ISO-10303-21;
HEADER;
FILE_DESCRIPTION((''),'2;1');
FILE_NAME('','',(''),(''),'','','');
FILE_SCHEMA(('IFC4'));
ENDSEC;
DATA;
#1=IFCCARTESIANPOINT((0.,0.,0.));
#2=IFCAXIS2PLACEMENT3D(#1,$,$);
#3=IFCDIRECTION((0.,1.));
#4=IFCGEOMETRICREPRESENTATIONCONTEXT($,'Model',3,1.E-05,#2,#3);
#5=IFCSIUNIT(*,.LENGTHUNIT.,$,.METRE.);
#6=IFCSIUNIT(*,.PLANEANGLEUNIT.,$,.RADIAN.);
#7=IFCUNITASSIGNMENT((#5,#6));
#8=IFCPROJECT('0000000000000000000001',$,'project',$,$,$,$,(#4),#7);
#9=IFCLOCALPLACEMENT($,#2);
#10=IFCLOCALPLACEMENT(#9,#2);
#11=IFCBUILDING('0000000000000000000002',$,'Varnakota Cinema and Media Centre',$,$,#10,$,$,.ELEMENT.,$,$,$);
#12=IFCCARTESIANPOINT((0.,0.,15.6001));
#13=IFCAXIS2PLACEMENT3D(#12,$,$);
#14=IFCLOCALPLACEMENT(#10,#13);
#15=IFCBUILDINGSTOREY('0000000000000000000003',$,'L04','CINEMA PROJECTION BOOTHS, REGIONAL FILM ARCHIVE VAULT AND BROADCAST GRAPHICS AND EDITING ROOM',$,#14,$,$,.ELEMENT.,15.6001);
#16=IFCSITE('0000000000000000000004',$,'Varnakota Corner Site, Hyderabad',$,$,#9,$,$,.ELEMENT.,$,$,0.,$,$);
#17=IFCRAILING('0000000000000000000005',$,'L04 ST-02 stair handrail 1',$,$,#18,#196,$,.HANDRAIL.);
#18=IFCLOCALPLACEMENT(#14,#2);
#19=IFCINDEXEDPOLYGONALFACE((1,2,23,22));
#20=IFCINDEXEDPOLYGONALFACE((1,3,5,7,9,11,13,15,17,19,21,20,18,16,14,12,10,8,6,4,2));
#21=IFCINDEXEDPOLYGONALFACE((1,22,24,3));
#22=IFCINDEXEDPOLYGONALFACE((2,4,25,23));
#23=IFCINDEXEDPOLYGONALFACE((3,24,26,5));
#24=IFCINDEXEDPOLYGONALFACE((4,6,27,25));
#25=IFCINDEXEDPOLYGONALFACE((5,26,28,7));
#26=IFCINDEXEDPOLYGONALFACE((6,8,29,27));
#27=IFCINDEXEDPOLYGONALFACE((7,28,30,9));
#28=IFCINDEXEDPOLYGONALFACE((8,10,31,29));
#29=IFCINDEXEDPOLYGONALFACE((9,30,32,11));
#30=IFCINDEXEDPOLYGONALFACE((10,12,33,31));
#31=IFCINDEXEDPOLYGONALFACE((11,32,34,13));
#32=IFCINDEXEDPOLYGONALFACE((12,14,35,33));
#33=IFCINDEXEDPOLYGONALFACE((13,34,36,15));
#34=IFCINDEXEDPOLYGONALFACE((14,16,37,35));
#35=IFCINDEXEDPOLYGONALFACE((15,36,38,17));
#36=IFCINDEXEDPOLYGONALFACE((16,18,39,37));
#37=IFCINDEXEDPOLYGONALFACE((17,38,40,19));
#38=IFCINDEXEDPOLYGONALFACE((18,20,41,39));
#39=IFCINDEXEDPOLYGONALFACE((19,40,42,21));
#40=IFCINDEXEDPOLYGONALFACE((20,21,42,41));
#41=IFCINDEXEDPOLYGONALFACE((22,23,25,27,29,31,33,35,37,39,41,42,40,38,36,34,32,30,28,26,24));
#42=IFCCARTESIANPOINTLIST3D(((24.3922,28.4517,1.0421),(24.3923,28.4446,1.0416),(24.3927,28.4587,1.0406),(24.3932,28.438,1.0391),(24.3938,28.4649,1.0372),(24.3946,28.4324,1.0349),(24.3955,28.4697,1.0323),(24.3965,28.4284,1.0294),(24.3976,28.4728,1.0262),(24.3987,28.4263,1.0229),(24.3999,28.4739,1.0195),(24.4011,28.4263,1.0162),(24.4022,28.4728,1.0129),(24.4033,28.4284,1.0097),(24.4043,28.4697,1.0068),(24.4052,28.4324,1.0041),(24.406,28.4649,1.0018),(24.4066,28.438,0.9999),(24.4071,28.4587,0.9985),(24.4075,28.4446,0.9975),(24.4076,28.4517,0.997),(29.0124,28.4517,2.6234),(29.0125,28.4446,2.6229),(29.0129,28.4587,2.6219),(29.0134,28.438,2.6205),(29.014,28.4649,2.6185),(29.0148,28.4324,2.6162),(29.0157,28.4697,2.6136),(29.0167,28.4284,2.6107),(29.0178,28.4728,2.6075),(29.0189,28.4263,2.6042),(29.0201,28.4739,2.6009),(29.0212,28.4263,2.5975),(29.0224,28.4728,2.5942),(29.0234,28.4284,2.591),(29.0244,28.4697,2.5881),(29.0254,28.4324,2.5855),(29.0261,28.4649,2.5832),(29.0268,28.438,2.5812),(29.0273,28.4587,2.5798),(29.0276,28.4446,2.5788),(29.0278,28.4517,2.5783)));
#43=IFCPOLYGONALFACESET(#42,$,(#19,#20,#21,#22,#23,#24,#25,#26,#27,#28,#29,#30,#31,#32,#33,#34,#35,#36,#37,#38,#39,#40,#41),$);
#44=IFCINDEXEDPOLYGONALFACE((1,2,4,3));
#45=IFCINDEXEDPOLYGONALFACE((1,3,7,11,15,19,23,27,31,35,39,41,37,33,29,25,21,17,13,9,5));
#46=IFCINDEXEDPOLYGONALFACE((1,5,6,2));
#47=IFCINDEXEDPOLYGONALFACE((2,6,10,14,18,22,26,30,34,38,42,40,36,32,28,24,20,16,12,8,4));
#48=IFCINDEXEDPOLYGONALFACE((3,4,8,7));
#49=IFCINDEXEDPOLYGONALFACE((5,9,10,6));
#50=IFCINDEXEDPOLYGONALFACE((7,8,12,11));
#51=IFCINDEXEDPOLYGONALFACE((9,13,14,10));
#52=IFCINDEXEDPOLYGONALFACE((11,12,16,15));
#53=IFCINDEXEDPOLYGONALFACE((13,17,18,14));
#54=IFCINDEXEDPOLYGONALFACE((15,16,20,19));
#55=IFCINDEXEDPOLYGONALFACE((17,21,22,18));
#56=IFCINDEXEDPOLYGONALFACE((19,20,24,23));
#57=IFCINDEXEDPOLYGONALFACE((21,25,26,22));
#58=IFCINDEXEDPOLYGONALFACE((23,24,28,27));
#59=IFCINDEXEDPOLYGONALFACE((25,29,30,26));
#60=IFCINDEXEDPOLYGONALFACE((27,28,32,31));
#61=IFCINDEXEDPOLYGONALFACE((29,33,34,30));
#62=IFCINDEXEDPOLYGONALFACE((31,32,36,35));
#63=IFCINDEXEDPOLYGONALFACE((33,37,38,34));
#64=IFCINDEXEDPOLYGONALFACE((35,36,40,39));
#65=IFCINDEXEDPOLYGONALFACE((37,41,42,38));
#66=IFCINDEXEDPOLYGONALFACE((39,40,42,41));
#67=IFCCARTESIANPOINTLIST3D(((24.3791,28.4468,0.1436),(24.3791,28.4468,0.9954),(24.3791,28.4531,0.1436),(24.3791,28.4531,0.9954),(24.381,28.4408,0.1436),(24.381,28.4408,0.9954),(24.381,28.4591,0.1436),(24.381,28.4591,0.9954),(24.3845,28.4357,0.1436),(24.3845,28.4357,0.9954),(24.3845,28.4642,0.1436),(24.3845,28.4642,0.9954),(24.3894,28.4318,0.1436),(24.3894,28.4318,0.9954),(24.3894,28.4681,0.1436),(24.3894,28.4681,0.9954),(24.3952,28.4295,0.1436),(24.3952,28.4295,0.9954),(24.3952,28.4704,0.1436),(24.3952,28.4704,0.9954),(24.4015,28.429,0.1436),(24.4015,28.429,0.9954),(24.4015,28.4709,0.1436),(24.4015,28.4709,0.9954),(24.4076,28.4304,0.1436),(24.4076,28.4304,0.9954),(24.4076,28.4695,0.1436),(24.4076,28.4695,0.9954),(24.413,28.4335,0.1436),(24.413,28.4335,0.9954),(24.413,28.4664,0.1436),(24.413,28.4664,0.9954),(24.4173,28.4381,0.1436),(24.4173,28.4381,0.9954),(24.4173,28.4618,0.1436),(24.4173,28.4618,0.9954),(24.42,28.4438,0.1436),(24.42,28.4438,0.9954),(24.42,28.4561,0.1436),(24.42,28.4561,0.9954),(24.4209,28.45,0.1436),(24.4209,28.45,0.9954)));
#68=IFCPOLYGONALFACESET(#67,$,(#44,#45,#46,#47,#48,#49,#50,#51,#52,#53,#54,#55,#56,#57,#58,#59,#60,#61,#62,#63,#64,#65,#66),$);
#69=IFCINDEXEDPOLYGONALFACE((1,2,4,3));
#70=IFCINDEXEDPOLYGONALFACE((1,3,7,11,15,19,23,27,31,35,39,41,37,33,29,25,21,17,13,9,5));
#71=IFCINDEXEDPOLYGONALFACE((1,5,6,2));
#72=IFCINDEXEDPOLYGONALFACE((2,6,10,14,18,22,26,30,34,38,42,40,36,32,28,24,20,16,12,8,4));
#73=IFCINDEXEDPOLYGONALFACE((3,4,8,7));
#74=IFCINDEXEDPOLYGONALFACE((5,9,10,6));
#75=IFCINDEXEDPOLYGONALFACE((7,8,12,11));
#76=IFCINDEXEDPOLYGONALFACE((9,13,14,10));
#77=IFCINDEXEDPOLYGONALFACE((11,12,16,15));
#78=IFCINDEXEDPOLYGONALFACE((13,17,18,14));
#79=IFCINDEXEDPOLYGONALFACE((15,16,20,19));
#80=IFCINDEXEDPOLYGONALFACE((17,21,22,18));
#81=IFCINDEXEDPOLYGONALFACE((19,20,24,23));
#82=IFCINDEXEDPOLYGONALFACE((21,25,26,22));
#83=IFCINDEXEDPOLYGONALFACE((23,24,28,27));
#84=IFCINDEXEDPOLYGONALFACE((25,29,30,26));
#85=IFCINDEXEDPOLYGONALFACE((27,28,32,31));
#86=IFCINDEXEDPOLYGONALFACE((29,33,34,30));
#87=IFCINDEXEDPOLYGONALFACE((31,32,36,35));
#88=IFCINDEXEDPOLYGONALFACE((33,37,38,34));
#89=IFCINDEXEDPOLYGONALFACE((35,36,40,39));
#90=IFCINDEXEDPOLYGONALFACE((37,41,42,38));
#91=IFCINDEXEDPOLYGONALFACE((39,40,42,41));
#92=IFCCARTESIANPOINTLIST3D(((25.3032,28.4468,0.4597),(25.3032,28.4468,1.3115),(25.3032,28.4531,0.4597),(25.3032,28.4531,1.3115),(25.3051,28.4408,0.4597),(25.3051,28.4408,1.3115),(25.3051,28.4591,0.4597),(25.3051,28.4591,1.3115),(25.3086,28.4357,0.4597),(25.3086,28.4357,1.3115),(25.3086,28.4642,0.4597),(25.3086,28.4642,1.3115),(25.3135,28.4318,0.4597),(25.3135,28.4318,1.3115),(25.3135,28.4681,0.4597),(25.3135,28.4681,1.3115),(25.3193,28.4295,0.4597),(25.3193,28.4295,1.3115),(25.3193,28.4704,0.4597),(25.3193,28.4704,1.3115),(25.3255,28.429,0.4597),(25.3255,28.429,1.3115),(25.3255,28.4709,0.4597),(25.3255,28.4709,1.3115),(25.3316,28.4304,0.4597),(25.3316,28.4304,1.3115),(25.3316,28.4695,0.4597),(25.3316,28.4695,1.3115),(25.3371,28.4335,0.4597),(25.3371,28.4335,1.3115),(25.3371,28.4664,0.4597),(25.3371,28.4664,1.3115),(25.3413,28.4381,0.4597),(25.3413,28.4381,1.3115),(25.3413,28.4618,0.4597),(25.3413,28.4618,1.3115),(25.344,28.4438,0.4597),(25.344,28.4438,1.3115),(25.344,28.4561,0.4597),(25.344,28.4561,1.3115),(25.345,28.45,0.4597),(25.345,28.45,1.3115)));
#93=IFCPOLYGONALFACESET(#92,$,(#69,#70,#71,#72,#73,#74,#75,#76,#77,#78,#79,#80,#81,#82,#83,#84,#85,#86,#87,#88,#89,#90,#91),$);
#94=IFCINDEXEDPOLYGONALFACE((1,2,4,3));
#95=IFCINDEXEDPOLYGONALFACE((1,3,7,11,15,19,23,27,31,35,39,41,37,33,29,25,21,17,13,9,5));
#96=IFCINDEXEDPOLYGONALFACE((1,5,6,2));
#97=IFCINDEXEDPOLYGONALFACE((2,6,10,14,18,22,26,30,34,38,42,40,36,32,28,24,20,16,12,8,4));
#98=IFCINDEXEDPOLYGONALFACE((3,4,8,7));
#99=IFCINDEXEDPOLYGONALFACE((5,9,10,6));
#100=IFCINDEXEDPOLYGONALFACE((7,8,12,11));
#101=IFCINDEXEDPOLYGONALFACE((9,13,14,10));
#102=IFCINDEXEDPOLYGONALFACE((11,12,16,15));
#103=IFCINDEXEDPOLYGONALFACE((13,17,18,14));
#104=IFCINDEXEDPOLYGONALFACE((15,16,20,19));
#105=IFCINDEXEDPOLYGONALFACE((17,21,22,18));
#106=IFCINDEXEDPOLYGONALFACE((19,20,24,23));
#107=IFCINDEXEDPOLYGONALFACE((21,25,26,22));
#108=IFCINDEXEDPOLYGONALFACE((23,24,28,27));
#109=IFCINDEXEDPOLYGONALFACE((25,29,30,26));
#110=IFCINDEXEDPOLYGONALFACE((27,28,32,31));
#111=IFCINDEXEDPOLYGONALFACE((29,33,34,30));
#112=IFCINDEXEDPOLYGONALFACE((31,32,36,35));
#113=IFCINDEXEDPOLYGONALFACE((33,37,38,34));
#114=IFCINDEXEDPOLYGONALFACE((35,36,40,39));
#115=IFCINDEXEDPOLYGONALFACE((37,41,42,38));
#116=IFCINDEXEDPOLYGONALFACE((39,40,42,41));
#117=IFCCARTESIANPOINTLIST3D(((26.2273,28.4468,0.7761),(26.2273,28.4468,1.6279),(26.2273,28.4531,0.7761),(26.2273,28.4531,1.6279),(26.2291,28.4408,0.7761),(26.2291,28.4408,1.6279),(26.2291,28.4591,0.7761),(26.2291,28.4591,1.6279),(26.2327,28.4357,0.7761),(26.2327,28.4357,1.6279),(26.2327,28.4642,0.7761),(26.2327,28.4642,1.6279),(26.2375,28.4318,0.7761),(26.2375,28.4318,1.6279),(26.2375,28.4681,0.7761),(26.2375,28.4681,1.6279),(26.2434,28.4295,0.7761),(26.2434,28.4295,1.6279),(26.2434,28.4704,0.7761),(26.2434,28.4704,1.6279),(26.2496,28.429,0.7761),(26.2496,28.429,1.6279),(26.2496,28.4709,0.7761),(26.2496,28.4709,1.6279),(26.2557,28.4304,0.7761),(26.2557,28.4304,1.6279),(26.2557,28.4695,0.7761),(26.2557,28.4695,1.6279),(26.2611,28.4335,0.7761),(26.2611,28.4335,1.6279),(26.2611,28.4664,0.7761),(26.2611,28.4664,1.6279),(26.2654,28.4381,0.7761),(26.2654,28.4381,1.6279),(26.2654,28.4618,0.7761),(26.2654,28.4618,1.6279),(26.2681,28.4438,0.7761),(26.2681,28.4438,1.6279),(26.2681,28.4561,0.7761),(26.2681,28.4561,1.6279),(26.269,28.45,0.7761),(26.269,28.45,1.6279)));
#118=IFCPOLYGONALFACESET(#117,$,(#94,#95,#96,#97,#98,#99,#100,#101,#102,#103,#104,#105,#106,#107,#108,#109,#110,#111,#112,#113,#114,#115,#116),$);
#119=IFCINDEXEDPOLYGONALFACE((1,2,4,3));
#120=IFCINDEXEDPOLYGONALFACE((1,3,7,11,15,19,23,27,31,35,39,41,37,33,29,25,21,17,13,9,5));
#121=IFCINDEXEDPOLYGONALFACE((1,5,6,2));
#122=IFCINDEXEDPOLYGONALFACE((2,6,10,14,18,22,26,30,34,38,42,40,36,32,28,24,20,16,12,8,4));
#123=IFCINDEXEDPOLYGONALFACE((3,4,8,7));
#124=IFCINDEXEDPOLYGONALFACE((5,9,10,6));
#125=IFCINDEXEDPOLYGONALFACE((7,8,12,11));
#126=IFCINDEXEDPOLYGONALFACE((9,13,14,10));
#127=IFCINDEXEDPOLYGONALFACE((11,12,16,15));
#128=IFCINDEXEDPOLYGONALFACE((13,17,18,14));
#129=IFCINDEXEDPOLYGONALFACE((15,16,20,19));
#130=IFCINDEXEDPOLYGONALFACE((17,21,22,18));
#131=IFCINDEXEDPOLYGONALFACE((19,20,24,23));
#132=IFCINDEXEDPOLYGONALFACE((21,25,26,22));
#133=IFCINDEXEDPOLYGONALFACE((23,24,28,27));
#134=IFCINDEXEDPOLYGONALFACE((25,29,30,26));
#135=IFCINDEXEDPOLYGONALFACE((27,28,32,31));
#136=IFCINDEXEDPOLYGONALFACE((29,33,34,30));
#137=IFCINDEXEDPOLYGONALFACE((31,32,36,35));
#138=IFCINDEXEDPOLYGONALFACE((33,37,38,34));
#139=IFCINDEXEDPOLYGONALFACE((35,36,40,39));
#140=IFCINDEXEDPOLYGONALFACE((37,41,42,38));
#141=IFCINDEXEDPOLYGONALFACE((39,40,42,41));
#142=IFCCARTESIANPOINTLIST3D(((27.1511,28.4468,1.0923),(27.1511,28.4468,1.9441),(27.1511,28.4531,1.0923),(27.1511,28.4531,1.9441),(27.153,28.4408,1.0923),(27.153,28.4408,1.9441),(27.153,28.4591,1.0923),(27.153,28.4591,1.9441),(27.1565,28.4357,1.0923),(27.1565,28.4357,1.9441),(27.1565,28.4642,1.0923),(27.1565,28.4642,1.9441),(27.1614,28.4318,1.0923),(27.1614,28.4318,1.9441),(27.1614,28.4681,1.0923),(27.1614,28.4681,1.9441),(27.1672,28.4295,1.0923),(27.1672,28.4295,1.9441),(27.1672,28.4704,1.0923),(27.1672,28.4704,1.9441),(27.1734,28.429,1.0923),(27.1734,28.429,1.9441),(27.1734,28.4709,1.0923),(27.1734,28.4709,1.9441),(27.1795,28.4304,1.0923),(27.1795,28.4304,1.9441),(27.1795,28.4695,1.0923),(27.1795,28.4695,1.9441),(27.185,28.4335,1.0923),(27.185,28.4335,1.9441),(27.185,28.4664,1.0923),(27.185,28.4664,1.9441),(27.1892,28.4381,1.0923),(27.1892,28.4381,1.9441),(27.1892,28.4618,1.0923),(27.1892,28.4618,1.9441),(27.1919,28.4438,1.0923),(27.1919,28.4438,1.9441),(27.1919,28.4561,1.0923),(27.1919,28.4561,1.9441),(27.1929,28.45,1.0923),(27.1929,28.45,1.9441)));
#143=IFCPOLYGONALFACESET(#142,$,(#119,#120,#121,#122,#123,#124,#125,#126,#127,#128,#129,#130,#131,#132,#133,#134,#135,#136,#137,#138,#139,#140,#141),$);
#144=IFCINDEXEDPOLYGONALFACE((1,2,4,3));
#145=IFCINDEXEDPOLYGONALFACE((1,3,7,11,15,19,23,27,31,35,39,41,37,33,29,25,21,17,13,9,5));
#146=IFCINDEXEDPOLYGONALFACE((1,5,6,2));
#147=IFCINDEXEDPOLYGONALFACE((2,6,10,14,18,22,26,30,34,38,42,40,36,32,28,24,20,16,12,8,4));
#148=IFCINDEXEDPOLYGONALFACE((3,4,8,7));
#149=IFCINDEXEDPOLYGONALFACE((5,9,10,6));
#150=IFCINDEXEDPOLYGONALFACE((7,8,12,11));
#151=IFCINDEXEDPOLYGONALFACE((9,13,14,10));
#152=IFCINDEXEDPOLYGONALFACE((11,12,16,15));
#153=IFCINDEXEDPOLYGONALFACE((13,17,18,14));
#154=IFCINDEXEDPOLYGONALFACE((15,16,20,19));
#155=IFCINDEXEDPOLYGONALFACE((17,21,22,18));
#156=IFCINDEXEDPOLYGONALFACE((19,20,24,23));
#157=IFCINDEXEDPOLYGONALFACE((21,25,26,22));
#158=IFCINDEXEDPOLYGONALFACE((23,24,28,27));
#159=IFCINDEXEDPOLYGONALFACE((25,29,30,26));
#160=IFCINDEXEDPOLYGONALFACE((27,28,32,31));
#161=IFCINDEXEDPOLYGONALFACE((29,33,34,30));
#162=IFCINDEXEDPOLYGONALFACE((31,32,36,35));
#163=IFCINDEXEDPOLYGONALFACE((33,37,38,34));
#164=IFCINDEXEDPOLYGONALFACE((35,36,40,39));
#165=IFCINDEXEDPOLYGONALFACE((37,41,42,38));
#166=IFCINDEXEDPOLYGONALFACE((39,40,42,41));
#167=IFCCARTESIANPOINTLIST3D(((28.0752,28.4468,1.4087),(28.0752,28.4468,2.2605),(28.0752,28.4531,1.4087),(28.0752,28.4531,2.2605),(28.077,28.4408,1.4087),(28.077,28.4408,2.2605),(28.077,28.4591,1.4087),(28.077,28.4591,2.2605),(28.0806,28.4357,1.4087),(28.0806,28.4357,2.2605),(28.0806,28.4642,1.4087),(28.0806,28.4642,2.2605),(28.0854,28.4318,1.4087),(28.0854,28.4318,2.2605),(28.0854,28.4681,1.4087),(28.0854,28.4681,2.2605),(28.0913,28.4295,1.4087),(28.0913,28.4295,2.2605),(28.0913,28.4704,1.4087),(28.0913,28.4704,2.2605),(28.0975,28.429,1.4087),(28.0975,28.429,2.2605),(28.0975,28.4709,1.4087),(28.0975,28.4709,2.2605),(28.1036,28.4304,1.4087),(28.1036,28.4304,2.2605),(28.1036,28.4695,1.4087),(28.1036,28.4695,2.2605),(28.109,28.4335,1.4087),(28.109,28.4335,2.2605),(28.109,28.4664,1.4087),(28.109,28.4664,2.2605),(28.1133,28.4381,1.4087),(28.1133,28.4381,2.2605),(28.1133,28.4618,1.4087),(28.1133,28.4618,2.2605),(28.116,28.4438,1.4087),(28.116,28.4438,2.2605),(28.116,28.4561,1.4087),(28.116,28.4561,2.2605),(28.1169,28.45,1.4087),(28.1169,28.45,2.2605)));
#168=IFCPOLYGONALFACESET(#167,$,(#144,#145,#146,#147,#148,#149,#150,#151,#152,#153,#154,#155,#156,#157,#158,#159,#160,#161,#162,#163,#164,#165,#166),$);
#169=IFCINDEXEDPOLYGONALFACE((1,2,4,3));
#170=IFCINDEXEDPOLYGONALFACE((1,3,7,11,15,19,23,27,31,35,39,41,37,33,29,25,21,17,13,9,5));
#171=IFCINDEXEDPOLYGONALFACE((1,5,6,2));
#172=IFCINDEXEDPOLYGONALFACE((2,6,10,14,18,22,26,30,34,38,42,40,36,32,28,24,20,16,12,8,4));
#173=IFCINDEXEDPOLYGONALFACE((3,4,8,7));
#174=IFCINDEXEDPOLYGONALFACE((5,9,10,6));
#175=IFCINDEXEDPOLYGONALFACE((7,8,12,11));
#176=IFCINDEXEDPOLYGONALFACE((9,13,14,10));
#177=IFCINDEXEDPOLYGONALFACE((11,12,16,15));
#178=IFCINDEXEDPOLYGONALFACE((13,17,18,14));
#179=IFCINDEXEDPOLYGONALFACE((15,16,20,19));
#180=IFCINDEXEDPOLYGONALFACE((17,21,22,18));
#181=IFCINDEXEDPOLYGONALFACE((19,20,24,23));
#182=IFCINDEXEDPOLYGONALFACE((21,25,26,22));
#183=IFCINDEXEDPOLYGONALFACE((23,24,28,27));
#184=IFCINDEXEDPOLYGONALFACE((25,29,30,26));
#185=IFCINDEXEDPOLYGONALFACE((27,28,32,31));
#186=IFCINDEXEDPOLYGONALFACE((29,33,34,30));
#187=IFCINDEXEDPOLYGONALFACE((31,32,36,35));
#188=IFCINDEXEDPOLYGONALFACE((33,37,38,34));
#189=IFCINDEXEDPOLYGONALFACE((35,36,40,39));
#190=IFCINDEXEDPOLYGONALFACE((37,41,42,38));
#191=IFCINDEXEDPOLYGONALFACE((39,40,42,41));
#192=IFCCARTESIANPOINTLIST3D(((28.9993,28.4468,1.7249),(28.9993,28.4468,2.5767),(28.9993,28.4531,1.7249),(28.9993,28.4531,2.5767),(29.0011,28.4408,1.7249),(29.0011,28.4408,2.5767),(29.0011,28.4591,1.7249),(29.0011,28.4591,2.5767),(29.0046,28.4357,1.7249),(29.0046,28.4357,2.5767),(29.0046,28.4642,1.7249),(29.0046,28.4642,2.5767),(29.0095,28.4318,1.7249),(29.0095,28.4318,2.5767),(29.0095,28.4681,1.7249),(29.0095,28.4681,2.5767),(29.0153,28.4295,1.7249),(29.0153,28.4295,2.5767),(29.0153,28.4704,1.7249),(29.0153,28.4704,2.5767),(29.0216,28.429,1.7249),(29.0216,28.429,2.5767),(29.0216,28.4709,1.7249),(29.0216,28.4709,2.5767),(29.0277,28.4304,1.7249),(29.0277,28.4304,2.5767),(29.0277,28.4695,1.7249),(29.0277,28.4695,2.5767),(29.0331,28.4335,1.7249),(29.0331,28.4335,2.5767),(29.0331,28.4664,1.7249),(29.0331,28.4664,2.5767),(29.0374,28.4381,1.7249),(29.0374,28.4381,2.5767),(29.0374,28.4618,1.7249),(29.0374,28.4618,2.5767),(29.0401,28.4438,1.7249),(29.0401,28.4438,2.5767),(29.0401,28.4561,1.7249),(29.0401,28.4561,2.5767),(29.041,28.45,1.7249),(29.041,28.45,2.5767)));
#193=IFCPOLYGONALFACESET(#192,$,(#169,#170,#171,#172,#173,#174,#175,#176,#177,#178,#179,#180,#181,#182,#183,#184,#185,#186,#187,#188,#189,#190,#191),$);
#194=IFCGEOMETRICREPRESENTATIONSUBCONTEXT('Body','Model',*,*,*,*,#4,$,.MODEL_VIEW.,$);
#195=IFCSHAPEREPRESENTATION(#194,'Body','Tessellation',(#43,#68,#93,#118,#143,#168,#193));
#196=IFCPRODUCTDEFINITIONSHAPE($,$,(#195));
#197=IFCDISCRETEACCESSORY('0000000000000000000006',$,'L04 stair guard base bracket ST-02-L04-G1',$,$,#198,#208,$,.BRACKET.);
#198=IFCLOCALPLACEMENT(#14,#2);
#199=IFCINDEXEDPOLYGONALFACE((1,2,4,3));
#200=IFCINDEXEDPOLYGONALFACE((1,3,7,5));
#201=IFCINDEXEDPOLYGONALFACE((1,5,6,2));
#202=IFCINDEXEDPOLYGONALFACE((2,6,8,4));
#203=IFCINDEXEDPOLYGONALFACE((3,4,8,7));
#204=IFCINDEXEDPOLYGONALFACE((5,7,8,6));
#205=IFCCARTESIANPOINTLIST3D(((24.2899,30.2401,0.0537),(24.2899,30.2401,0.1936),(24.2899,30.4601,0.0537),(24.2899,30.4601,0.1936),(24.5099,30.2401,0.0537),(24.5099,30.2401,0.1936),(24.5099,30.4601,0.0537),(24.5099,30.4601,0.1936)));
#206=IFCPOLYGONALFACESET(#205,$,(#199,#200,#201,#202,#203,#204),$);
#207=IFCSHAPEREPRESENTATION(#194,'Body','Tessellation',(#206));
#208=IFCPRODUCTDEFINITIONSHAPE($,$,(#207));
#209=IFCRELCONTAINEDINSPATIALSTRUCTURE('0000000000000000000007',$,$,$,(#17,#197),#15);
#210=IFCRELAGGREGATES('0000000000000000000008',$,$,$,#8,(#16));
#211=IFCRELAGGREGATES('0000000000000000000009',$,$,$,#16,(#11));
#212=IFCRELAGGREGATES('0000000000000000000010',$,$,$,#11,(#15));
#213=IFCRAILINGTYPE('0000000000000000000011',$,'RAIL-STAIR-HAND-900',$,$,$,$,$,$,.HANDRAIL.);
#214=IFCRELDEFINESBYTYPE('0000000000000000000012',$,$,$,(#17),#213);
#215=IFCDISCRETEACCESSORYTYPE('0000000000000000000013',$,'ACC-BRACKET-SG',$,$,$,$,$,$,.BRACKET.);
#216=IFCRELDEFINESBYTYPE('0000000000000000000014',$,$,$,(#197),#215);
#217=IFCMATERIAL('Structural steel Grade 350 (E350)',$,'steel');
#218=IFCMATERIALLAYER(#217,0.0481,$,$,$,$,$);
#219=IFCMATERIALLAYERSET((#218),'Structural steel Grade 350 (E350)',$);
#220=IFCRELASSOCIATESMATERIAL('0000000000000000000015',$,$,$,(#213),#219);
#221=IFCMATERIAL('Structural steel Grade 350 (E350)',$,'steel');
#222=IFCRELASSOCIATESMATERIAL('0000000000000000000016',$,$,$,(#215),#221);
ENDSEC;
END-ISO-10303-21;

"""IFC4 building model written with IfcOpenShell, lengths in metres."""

from ifc_helpers import new_model, si_unit, direction, frame, origin, origin_2d, place, context, subcontext, project, spatial, rectangle, circle, extrude, material, layer, layer_set, type_object, element, save


model = new_model("IFC4")

# Units and contexts
model_context = context("Model", 3, precision=1e-05, world=origin(), true_north=direction((0.0, 1.0)))
body_context = subcontext(model_context, "Body", "Model", "MODEL_VIEW")
ifc_project = project(units=[si_unit("LENGTHUNIT", "METRE"), si_unit("PLANEANGLEUNIT", "RADIAN")], contexts=[model_context])

# Site, building, storey
site_placement = place(None, origin())
site = spatial("IfcSite", under=ifc_project, at=site_placement, Name="Varnakota Corner Site, Hyderabad", CompositionType="ELEMENT", RefElevation=0.0)
building_placement = place(site_placement, origin())
building = spatial("IfcBuilding", under=site, at=building_placement, Name="Varnakota Cinema and Media Centre", CompositionType="ELEMENT")
storey_placement = place(building_placement, frame((0.0, 0.0, 15.6001)))
storey = spatial("IfcBuildingStorey", under=building, at=storey_placement, Name="L04", Description="CINEMA PROJECTION BOOTHS, REGIONAL FILM ARCHIVE VAULT AND BROADCAST GRAPHICS AND EDITING ROOM", CompositionType="ELEMENT", Elevation=15.6001)

# Railing
ifc_material_1 = material(Name="Structural steel Grade 350 (E350)", Category="steel")
ifc_layer_1 = layer(ifc_material_1, 0.0481)
ifc_layer_set_1 = layer_set([ifc_layer_1], Name="Structural steel Grade 350 (E350)")
railing_type_1 = type_object("IfcRailingType", Name="RAIL-STAIR-HAND-900", PredefinedType="HANDRAIL", material=ifc_layer_set_1)
railing_1_placement = place(storey_placement, frame((24.3999, 28.45, 0.1436)))
element("IfcRailing", 1, at=railing_1_placement, inside=storey, type_object=railing_type_1, Name="L04 ST-02 stair handrail 1", PredefinedType="HANDRAIL", context=body_context, shape_type="SweptSolid", body=[
    extrude(circle(Radius=0.0239, at=origin_2d()), frame((0.0, 0.0, 0.876), z_axis=(0.946118, 0.0, 0.323822), x_axis=(0.0, 1.0, 0.0)), (0.0, 0.0, 1.0), 4.8833),
    extrude(circle(Radius=0.021, at=origin_2d()), origin(), (0.0, 0.0, 1.0), 0.8518),
    extrude(circle(Radius=0.021, at=origin_2d()), frame((0.9241, 0.0, 0.3162)), (0.0, 0.0, 1.0), 0.8518),
    extrude(circle(Radius=0.021, at=origin_2d()), frame((1.8481, 0.0, 0.6326)), (0.0, 0.0, 1.0), 0.8518),
    extrude(circle(Radius=0.021, at=origin_2d()), frame((2.772, 0.0, 0.9487)), (0.0, 0.0, 1.0), 0.8518),
    extrude(circle(Radius=0.021, at=origin_2d()), frame((3.696, 0.0, 1.2651)), (0.0, 0.0, 1.0), 0.8518),
    extrude(circle(Radius=0.021, at=origin_2d()), frame((4.6201, 0.0, 1.5813)), (0.0, 0.0, 1.0), 0.8518),
])

# Discrete accessory
ifc_material_2 = material(Name="Structural steel Grade 350 (E350)", Category="steel")
discrete_accessory_type = type_object("IfcDiscreteAccessoryType", Name="ACC-BRACKET-SG", PredefinedType="BRACKET", material=ifc_material_2)
discrete_accessory_placement = place(storey_placement, frame((24.3999, 30.3501, 0.0537), z_axis=(0.0, 0.0, 1.0), x_axis=(1.0, 0.0, 0.0)))
element("IfcDiscreteAccessory", 2, at=discrete_accessory_placement, inside=storey, type_object=discrete_accessory_type, Name="L04 stair guard base bracket ST-02-L04-G1", PredefinedType="BRACKET", context=body_context, shape_type="SweptSolid", body=[
    extrude(rectangle(XDim=0.22, YDim=0.22, at=origin_2d()), origin(), (0.0, 0.0, 1.0), 0.1399),
])

save(model, "model.ifc")
